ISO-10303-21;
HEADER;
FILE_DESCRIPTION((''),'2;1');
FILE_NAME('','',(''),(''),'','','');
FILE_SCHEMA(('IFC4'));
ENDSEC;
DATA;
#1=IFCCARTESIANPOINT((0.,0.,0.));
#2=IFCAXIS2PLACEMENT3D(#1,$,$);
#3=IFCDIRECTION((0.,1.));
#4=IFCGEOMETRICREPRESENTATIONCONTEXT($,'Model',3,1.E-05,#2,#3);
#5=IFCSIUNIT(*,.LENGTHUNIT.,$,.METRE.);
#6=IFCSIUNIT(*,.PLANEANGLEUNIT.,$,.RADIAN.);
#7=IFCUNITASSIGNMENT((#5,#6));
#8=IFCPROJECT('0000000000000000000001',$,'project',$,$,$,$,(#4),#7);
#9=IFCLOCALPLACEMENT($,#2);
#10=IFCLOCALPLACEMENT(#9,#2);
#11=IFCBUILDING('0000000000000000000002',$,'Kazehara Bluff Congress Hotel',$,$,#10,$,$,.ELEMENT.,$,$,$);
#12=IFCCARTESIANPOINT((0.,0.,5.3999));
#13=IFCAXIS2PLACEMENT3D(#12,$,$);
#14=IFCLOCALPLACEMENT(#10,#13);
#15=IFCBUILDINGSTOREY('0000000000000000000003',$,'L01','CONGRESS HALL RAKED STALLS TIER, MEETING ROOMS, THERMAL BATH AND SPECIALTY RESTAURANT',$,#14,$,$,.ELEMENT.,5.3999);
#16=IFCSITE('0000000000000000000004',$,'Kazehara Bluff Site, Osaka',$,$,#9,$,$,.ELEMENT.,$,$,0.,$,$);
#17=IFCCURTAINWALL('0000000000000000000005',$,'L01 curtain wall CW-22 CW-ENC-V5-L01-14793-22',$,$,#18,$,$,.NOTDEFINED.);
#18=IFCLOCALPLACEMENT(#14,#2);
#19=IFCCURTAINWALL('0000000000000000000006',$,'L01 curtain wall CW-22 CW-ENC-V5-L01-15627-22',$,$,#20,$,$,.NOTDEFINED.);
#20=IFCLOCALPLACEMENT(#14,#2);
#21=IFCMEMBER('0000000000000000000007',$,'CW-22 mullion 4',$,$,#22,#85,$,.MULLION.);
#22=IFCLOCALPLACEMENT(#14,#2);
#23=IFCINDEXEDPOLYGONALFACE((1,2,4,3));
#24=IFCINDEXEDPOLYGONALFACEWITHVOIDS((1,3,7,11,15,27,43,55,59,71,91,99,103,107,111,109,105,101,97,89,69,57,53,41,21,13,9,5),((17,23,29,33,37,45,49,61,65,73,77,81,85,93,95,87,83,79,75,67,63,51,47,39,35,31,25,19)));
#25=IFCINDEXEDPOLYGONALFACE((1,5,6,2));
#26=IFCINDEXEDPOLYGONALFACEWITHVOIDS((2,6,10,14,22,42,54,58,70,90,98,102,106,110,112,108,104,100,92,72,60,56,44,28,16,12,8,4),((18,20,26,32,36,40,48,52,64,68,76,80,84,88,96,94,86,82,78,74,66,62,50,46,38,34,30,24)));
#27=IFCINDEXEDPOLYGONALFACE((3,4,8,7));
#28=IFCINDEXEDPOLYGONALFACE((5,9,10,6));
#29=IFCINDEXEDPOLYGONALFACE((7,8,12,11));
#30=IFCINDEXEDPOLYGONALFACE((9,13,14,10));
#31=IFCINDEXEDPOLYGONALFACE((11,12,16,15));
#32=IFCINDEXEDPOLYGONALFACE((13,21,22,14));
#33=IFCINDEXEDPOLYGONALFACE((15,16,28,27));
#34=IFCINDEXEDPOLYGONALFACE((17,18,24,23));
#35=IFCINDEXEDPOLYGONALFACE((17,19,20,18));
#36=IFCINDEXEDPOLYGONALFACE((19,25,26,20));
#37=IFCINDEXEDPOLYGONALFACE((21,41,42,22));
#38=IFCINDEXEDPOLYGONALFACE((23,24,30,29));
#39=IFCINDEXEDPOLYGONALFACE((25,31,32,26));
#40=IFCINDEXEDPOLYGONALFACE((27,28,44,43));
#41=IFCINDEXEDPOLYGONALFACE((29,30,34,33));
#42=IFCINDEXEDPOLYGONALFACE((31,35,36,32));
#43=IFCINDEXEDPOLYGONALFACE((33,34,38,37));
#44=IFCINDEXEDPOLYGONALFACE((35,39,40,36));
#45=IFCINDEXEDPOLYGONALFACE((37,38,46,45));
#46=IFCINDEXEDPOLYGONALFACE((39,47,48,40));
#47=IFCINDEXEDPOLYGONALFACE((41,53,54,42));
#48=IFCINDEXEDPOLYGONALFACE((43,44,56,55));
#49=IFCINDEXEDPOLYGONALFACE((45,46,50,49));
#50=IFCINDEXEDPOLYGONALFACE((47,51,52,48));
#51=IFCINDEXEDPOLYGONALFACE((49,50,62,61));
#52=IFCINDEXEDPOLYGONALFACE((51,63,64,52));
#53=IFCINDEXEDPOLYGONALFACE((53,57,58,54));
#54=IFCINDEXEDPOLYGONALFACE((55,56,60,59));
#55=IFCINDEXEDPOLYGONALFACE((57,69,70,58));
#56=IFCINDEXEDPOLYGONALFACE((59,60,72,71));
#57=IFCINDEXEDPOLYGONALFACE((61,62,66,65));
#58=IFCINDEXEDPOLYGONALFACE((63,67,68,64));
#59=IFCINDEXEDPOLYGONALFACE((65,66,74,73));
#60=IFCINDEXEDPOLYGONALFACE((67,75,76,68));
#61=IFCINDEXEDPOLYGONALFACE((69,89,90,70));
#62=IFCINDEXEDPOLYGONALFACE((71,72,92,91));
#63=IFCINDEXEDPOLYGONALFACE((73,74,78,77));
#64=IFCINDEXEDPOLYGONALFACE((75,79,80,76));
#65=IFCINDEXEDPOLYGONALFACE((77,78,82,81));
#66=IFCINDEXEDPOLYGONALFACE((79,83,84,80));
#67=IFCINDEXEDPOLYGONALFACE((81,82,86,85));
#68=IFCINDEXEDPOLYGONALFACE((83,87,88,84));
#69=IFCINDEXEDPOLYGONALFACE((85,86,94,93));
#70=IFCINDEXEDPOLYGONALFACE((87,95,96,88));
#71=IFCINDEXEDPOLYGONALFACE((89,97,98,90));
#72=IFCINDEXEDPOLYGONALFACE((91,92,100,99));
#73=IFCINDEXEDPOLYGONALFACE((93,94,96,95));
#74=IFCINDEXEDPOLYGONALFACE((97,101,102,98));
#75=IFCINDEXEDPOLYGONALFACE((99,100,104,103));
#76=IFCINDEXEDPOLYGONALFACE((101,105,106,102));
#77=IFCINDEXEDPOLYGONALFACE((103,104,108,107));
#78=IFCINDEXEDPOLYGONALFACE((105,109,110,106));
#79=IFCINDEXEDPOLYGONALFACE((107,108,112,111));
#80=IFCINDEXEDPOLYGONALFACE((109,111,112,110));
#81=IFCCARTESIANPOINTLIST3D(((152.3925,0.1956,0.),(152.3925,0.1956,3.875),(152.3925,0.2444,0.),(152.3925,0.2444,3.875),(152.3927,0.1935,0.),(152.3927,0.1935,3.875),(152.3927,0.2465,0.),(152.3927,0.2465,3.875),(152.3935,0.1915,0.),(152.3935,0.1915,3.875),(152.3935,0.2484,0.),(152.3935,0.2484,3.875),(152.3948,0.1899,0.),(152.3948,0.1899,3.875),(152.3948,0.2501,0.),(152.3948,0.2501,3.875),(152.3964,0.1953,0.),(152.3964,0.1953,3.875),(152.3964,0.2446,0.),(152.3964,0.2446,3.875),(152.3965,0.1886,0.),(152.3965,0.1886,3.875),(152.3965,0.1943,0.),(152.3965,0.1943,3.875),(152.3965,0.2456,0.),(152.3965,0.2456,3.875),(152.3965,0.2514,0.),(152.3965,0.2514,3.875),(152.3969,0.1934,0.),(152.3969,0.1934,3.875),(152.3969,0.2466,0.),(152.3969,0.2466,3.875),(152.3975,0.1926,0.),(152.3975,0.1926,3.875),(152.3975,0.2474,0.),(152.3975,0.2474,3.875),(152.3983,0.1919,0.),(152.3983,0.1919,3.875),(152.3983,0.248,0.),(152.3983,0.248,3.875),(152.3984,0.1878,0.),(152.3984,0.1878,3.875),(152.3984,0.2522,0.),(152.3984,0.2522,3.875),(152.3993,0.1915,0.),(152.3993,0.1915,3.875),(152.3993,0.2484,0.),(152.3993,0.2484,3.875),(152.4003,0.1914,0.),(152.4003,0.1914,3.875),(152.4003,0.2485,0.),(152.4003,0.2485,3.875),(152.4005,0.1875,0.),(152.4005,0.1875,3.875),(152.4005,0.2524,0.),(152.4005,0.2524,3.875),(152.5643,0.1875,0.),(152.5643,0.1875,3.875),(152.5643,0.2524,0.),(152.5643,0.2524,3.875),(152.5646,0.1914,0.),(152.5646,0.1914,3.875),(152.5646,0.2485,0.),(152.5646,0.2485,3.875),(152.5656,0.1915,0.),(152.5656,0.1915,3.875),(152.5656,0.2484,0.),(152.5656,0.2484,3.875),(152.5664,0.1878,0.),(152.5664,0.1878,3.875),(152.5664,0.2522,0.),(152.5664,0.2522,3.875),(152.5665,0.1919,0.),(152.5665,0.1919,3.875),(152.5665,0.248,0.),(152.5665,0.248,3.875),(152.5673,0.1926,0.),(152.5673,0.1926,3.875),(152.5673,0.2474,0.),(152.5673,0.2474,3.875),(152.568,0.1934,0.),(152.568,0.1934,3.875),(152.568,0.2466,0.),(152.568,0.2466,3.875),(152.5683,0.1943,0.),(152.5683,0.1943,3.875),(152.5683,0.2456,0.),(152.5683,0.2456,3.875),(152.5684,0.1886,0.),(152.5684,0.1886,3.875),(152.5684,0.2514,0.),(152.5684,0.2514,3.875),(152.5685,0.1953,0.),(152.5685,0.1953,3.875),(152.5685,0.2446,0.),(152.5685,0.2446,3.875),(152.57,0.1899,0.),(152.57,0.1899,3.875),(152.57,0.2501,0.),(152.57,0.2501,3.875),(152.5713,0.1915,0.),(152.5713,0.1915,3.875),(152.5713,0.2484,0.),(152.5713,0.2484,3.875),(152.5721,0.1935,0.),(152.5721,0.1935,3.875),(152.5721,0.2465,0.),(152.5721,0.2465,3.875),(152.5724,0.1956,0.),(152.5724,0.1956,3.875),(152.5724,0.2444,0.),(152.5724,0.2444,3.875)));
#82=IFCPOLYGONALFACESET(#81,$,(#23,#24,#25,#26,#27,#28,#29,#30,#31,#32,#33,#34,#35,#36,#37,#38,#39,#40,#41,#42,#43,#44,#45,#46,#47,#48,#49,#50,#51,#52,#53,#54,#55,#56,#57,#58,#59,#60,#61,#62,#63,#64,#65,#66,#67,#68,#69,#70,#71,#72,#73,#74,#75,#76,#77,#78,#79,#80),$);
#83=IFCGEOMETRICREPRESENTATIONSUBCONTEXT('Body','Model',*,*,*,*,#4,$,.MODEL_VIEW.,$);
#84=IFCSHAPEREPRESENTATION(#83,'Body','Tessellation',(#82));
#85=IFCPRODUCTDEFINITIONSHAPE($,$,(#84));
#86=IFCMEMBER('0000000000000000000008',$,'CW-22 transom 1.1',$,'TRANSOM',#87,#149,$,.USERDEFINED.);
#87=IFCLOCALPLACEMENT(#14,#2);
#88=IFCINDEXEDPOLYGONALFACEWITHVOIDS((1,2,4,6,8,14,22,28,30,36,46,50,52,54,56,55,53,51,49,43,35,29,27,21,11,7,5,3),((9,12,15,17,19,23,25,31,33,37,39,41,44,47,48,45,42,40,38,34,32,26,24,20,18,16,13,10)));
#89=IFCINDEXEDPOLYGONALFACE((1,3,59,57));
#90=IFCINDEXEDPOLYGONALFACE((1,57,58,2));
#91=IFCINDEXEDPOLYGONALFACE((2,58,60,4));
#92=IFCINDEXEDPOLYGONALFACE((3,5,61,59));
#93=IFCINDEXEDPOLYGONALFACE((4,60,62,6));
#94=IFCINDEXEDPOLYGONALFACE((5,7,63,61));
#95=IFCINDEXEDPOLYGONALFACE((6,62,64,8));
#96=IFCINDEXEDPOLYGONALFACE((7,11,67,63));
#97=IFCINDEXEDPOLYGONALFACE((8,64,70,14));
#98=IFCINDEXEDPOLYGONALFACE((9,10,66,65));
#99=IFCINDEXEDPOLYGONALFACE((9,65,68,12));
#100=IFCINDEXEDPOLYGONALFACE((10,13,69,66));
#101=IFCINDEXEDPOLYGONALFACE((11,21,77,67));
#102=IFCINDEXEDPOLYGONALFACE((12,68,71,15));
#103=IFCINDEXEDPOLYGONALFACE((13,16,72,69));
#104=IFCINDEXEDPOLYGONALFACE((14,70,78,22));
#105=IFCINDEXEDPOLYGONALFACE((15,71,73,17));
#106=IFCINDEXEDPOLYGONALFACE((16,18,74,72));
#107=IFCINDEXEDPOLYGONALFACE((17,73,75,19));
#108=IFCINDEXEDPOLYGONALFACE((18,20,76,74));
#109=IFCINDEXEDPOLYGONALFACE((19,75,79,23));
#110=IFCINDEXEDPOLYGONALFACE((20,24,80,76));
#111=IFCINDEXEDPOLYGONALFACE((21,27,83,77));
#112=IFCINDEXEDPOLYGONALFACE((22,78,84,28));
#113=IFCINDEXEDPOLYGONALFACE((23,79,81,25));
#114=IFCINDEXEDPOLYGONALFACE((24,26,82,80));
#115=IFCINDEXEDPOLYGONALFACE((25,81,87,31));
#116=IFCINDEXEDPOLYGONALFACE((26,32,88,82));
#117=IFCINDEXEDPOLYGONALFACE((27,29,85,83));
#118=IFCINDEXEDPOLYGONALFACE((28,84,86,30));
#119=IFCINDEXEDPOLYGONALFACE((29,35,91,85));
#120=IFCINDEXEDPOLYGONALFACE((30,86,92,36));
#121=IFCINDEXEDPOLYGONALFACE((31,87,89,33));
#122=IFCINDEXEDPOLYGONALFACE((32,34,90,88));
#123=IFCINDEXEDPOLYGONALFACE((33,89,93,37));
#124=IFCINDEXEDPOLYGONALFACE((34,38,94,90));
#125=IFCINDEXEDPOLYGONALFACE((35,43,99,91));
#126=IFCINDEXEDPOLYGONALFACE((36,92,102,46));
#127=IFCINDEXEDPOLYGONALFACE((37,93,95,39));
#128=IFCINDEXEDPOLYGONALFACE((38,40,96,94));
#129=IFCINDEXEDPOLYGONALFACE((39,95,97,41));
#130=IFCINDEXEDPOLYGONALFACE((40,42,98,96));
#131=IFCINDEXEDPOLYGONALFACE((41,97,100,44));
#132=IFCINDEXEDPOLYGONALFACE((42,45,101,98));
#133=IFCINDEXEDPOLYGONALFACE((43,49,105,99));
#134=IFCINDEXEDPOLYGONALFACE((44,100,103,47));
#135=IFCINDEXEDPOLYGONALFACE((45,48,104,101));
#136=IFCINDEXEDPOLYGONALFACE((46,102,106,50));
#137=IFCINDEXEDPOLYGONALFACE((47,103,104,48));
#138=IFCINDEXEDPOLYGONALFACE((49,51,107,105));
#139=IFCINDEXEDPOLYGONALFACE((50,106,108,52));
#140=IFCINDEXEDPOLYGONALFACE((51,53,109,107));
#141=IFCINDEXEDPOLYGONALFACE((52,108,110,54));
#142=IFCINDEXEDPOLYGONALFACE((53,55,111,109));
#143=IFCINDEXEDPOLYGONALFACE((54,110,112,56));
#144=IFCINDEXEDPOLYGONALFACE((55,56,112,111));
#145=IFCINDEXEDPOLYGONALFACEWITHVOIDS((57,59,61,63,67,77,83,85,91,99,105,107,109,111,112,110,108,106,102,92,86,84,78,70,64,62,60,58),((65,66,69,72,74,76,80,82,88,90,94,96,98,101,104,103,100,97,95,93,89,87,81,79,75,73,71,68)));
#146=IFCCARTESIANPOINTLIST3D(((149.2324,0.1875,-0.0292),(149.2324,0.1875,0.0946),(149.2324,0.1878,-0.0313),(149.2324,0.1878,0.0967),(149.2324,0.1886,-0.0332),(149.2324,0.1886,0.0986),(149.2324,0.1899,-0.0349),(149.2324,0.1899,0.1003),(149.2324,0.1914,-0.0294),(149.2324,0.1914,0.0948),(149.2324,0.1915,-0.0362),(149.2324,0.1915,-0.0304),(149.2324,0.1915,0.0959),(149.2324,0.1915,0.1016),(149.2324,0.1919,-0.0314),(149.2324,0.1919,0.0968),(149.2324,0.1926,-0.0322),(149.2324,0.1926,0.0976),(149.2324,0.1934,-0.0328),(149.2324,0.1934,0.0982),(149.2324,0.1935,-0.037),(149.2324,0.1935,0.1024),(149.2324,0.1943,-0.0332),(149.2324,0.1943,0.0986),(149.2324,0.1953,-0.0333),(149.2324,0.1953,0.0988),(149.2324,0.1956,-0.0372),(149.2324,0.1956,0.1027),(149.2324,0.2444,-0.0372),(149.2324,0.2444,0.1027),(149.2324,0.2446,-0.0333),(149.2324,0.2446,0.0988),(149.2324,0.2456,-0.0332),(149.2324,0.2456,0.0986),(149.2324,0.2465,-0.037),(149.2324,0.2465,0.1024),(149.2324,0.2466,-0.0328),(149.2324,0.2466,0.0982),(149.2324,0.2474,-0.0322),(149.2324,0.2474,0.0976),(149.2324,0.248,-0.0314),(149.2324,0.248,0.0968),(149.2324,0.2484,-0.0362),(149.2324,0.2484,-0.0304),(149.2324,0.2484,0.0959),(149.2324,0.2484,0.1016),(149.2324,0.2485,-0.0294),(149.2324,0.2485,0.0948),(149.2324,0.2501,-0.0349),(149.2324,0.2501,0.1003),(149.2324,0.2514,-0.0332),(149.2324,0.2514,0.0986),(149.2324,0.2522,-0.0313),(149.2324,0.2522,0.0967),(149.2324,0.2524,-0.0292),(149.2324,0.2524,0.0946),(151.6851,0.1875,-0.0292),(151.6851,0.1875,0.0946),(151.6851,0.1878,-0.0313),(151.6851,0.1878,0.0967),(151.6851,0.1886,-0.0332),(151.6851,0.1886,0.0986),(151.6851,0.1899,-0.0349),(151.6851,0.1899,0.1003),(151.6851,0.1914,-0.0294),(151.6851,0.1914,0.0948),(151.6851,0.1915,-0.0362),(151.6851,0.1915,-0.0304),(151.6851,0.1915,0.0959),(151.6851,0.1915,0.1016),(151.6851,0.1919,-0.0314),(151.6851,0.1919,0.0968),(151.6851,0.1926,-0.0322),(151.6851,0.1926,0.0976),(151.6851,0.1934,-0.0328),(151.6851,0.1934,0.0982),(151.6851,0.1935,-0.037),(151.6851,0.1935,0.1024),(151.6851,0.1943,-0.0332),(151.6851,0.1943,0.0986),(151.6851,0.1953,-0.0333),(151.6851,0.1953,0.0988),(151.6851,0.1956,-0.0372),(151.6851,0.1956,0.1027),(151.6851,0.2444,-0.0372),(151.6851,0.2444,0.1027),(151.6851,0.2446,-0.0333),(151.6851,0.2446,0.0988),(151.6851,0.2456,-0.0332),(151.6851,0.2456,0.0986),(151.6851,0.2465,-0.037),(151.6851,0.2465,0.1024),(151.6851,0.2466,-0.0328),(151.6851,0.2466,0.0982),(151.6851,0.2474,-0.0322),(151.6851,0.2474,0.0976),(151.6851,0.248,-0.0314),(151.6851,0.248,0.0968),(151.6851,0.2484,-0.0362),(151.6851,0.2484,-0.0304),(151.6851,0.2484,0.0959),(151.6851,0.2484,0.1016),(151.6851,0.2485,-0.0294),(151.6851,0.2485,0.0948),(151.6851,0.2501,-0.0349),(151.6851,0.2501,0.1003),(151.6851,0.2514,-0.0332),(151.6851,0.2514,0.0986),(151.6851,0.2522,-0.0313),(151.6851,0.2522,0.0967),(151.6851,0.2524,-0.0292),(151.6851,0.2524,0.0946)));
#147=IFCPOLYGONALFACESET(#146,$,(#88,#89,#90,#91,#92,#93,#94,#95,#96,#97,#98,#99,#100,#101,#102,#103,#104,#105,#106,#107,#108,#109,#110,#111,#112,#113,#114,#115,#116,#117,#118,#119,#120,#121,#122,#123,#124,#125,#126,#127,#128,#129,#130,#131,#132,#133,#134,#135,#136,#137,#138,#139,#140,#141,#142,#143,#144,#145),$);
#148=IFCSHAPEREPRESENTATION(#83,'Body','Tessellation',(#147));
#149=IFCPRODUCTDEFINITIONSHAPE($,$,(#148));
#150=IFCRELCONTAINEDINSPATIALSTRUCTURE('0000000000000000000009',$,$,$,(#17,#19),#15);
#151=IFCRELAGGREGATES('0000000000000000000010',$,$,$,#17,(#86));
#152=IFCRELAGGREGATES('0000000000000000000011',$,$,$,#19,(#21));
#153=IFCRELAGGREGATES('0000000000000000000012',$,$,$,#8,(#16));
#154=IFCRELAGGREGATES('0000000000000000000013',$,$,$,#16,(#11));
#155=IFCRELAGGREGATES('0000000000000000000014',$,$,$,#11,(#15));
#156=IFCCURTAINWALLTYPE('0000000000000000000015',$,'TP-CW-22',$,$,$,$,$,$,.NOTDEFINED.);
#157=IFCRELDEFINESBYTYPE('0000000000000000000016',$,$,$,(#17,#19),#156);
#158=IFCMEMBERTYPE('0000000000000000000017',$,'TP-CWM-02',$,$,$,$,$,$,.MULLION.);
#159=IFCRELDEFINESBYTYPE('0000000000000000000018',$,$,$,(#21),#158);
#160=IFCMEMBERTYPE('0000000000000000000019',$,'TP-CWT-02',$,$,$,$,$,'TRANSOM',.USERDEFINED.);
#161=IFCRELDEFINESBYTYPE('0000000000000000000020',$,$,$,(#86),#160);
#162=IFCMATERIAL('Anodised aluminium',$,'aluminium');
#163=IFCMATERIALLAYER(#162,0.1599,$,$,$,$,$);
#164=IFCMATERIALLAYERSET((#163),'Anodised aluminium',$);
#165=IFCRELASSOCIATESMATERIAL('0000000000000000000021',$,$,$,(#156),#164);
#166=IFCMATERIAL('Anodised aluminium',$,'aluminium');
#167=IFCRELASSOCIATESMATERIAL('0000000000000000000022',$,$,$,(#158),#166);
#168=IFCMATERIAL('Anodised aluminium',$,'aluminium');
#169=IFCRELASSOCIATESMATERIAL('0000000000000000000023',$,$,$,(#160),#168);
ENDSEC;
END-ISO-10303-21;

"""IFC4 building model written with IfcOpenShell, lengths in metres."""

from ifc_helpers import new_model, si_unit, direction, frame, origin, origin_2d, place, context, subcontext, project, spatial, hollow_rectangle, extrude, material, layer, layer_set, material_profile, profile_set, type_object, element, aggregate, save


model = new_model("IFC4")

# Units and contexts
model_context = context("Model", 3, precision=1e-05, world=origin(), true_north=direction((0.0, 1.0)))
body_context = subcontext(model_context, "Body", "Model", "MODEL_VIEW")
ifc_project = project(units=[si_unit("LENGTHUNIT", "METRE"), si_unit("PLANEANGLEUNIT", "RADIAN")], contexts=[model_context])

# Site, building, storey
site_placement = place(None, origin())
site = spatial("IfcSite", under=ifc_project, at=site_placement, Name="Kazehara Bluff Site, Osaka", CompositionType="ELEMENT", RefElevation=0.0)
building_placement = place(site_placement, origin())
building = spatial("IfcBuilding", under=site, at=building_placement, Name="Kazehara Bluff Congress Hotel", CompositionType="ELEMENT")
storey_placement = place(building_placement, frame((0.0, 0.0, 5.3999)))
storey = spatial("IfcBuildingStorey", under=building, at=storey_placement, Name="L01", Description="CONGRESS HALL RAKED STALLS TIER, MEETING ROOMS, THERMAL BATH AND SPECIALTY RESTAURANT", CompositionType="ELEMENT", Elevation=5.3999)

# Curtain walls, member
ifc_material_1 = material(Name="Anodised aluminium", Category="aluminium")
ifc_layer_1 = layer(ifc_material_1, 0.1599)
ifc_layer_set_1 = layer_set([ifc_layer_1], Name="Anodised aluminium")
curtain_wall_type = type_object("IfcCurtainWallType", Name="TP-CW-22", PredefinedType="NOTDEFINED", material=ifc_layer_set_1)
curtain_wall_1_placement = place(storey_placement, origin())
curtain_wall_1 = element("IfcCurtainWall", 1, at=curtain_wall_1_placement, inside=storey, type_object=curtain_wall_type, Name="L01 curtain wall CW-22 CW-ENC-V5-L01-14793-22", PredefinedType="NOTDEFINED")
ifc_material_2 = material(Name="Anodised aluminium", Category="aluminium")
ifc_material_profile_1 = material_profile(ifc_material_2, hollow_rectangle(XDim=0.0649, YDim=0.1799, WallThickness=0.0039, InnerFilletRadius=0.0039, OuterFilletRadius=0.0081, at=origin_2d()))
ifc_profile_set_1 = profile_set([ifc_material_profile_1], Name="Anodised aluminium")
member_type_1 = type_object("IfcMemberType", Name="TP-CWM-02", PredefinedType="MULLION", material=ifc_profile_set_1)
curtain_wall_2_placement = place(storey_placement, origin())
curtain_wall_2 = element("IfcCurtainWall", 2, at=curtain_wall_2_placement, inside=storey, type_object=curtain_wall_type, Name="L01 curtain wall CW-22 CW-ENC-V5-L01-15627-22", PredefinedType="NOTDEFINED")
member_1_placement = place(storey_placement, frame((152.4824, 0.22, 0.0), z_axis=(0.0, 0.0, 1.0), x_axis=(0.0, -1.0, 0.0)))
member_1 = element("IfcMember", 3, at=member_1_placement, type_object=member_type_1, Name="CW-22 mullion 4", PredefinedType="MULLION", context=body_context, shape_type="SweptSolid", body=[
    extrude(hollow_rectangle(XDim=0.0649, YDim=0.1799, WallThickness=0.0039, InnerFilletRadius=0.0039, OuterFilletRadius=0.0081, at=origin_2d()), origin(), (0.0, 0.0, 1.0), 3.875),
])

# Member
ifc_material_3 = material(Name="Anodised aluminium", Category="aluminium")
ifc_material_profile_2 = material_profile(ifc_material_3, hollow_rectangle(XDim=0.0649, YDim=0.1399, WallThickness=0.0039, InnerFilletRadius=0.0039, OuterFilletRadius=0.0081, at=origin_2d()))
ifc_profile_set_2 = profile_set([ifc_material_profile_2], Name="Anodised aluminium")
member_type_2 = type_object("IfcMemberType", Name="TP-CWT-02", ElementType="TRANSOM", PredefinedType="USERDEFINED", material=ifc_profile_set_2)
member_2_placement = place(storey_placement, frame((151.6851, 0.22, 0.0327), z_axis=(-1.0, 0.0, 0.0), x_axis=(0.0, -1.0, 0.0)))
member_2 = element("IfcMember", 4, at=member_2_placement, type_object=member_type_2, Name="CW-22 transom 1.1", ObjectType="TRANSOM", PredefinedType="USERDEFINED", context=body_context, shape_type="SweptSolid", body=[
    extrude(hollow_rectangle(XDim=0.0649, YDim=0.1399, WallThickness=0.0039, InnerFilletRadius=0.0039, OuterFilletRadius=0.0081, at=origin_2d()), origin(), (0.0, 0.0, 1.0), 2.4526),
])

aggregate(curtain_wall_1, [member_2])
aggregate(curtain_wall_2, [member_1])

save(model, "model.ifc")
